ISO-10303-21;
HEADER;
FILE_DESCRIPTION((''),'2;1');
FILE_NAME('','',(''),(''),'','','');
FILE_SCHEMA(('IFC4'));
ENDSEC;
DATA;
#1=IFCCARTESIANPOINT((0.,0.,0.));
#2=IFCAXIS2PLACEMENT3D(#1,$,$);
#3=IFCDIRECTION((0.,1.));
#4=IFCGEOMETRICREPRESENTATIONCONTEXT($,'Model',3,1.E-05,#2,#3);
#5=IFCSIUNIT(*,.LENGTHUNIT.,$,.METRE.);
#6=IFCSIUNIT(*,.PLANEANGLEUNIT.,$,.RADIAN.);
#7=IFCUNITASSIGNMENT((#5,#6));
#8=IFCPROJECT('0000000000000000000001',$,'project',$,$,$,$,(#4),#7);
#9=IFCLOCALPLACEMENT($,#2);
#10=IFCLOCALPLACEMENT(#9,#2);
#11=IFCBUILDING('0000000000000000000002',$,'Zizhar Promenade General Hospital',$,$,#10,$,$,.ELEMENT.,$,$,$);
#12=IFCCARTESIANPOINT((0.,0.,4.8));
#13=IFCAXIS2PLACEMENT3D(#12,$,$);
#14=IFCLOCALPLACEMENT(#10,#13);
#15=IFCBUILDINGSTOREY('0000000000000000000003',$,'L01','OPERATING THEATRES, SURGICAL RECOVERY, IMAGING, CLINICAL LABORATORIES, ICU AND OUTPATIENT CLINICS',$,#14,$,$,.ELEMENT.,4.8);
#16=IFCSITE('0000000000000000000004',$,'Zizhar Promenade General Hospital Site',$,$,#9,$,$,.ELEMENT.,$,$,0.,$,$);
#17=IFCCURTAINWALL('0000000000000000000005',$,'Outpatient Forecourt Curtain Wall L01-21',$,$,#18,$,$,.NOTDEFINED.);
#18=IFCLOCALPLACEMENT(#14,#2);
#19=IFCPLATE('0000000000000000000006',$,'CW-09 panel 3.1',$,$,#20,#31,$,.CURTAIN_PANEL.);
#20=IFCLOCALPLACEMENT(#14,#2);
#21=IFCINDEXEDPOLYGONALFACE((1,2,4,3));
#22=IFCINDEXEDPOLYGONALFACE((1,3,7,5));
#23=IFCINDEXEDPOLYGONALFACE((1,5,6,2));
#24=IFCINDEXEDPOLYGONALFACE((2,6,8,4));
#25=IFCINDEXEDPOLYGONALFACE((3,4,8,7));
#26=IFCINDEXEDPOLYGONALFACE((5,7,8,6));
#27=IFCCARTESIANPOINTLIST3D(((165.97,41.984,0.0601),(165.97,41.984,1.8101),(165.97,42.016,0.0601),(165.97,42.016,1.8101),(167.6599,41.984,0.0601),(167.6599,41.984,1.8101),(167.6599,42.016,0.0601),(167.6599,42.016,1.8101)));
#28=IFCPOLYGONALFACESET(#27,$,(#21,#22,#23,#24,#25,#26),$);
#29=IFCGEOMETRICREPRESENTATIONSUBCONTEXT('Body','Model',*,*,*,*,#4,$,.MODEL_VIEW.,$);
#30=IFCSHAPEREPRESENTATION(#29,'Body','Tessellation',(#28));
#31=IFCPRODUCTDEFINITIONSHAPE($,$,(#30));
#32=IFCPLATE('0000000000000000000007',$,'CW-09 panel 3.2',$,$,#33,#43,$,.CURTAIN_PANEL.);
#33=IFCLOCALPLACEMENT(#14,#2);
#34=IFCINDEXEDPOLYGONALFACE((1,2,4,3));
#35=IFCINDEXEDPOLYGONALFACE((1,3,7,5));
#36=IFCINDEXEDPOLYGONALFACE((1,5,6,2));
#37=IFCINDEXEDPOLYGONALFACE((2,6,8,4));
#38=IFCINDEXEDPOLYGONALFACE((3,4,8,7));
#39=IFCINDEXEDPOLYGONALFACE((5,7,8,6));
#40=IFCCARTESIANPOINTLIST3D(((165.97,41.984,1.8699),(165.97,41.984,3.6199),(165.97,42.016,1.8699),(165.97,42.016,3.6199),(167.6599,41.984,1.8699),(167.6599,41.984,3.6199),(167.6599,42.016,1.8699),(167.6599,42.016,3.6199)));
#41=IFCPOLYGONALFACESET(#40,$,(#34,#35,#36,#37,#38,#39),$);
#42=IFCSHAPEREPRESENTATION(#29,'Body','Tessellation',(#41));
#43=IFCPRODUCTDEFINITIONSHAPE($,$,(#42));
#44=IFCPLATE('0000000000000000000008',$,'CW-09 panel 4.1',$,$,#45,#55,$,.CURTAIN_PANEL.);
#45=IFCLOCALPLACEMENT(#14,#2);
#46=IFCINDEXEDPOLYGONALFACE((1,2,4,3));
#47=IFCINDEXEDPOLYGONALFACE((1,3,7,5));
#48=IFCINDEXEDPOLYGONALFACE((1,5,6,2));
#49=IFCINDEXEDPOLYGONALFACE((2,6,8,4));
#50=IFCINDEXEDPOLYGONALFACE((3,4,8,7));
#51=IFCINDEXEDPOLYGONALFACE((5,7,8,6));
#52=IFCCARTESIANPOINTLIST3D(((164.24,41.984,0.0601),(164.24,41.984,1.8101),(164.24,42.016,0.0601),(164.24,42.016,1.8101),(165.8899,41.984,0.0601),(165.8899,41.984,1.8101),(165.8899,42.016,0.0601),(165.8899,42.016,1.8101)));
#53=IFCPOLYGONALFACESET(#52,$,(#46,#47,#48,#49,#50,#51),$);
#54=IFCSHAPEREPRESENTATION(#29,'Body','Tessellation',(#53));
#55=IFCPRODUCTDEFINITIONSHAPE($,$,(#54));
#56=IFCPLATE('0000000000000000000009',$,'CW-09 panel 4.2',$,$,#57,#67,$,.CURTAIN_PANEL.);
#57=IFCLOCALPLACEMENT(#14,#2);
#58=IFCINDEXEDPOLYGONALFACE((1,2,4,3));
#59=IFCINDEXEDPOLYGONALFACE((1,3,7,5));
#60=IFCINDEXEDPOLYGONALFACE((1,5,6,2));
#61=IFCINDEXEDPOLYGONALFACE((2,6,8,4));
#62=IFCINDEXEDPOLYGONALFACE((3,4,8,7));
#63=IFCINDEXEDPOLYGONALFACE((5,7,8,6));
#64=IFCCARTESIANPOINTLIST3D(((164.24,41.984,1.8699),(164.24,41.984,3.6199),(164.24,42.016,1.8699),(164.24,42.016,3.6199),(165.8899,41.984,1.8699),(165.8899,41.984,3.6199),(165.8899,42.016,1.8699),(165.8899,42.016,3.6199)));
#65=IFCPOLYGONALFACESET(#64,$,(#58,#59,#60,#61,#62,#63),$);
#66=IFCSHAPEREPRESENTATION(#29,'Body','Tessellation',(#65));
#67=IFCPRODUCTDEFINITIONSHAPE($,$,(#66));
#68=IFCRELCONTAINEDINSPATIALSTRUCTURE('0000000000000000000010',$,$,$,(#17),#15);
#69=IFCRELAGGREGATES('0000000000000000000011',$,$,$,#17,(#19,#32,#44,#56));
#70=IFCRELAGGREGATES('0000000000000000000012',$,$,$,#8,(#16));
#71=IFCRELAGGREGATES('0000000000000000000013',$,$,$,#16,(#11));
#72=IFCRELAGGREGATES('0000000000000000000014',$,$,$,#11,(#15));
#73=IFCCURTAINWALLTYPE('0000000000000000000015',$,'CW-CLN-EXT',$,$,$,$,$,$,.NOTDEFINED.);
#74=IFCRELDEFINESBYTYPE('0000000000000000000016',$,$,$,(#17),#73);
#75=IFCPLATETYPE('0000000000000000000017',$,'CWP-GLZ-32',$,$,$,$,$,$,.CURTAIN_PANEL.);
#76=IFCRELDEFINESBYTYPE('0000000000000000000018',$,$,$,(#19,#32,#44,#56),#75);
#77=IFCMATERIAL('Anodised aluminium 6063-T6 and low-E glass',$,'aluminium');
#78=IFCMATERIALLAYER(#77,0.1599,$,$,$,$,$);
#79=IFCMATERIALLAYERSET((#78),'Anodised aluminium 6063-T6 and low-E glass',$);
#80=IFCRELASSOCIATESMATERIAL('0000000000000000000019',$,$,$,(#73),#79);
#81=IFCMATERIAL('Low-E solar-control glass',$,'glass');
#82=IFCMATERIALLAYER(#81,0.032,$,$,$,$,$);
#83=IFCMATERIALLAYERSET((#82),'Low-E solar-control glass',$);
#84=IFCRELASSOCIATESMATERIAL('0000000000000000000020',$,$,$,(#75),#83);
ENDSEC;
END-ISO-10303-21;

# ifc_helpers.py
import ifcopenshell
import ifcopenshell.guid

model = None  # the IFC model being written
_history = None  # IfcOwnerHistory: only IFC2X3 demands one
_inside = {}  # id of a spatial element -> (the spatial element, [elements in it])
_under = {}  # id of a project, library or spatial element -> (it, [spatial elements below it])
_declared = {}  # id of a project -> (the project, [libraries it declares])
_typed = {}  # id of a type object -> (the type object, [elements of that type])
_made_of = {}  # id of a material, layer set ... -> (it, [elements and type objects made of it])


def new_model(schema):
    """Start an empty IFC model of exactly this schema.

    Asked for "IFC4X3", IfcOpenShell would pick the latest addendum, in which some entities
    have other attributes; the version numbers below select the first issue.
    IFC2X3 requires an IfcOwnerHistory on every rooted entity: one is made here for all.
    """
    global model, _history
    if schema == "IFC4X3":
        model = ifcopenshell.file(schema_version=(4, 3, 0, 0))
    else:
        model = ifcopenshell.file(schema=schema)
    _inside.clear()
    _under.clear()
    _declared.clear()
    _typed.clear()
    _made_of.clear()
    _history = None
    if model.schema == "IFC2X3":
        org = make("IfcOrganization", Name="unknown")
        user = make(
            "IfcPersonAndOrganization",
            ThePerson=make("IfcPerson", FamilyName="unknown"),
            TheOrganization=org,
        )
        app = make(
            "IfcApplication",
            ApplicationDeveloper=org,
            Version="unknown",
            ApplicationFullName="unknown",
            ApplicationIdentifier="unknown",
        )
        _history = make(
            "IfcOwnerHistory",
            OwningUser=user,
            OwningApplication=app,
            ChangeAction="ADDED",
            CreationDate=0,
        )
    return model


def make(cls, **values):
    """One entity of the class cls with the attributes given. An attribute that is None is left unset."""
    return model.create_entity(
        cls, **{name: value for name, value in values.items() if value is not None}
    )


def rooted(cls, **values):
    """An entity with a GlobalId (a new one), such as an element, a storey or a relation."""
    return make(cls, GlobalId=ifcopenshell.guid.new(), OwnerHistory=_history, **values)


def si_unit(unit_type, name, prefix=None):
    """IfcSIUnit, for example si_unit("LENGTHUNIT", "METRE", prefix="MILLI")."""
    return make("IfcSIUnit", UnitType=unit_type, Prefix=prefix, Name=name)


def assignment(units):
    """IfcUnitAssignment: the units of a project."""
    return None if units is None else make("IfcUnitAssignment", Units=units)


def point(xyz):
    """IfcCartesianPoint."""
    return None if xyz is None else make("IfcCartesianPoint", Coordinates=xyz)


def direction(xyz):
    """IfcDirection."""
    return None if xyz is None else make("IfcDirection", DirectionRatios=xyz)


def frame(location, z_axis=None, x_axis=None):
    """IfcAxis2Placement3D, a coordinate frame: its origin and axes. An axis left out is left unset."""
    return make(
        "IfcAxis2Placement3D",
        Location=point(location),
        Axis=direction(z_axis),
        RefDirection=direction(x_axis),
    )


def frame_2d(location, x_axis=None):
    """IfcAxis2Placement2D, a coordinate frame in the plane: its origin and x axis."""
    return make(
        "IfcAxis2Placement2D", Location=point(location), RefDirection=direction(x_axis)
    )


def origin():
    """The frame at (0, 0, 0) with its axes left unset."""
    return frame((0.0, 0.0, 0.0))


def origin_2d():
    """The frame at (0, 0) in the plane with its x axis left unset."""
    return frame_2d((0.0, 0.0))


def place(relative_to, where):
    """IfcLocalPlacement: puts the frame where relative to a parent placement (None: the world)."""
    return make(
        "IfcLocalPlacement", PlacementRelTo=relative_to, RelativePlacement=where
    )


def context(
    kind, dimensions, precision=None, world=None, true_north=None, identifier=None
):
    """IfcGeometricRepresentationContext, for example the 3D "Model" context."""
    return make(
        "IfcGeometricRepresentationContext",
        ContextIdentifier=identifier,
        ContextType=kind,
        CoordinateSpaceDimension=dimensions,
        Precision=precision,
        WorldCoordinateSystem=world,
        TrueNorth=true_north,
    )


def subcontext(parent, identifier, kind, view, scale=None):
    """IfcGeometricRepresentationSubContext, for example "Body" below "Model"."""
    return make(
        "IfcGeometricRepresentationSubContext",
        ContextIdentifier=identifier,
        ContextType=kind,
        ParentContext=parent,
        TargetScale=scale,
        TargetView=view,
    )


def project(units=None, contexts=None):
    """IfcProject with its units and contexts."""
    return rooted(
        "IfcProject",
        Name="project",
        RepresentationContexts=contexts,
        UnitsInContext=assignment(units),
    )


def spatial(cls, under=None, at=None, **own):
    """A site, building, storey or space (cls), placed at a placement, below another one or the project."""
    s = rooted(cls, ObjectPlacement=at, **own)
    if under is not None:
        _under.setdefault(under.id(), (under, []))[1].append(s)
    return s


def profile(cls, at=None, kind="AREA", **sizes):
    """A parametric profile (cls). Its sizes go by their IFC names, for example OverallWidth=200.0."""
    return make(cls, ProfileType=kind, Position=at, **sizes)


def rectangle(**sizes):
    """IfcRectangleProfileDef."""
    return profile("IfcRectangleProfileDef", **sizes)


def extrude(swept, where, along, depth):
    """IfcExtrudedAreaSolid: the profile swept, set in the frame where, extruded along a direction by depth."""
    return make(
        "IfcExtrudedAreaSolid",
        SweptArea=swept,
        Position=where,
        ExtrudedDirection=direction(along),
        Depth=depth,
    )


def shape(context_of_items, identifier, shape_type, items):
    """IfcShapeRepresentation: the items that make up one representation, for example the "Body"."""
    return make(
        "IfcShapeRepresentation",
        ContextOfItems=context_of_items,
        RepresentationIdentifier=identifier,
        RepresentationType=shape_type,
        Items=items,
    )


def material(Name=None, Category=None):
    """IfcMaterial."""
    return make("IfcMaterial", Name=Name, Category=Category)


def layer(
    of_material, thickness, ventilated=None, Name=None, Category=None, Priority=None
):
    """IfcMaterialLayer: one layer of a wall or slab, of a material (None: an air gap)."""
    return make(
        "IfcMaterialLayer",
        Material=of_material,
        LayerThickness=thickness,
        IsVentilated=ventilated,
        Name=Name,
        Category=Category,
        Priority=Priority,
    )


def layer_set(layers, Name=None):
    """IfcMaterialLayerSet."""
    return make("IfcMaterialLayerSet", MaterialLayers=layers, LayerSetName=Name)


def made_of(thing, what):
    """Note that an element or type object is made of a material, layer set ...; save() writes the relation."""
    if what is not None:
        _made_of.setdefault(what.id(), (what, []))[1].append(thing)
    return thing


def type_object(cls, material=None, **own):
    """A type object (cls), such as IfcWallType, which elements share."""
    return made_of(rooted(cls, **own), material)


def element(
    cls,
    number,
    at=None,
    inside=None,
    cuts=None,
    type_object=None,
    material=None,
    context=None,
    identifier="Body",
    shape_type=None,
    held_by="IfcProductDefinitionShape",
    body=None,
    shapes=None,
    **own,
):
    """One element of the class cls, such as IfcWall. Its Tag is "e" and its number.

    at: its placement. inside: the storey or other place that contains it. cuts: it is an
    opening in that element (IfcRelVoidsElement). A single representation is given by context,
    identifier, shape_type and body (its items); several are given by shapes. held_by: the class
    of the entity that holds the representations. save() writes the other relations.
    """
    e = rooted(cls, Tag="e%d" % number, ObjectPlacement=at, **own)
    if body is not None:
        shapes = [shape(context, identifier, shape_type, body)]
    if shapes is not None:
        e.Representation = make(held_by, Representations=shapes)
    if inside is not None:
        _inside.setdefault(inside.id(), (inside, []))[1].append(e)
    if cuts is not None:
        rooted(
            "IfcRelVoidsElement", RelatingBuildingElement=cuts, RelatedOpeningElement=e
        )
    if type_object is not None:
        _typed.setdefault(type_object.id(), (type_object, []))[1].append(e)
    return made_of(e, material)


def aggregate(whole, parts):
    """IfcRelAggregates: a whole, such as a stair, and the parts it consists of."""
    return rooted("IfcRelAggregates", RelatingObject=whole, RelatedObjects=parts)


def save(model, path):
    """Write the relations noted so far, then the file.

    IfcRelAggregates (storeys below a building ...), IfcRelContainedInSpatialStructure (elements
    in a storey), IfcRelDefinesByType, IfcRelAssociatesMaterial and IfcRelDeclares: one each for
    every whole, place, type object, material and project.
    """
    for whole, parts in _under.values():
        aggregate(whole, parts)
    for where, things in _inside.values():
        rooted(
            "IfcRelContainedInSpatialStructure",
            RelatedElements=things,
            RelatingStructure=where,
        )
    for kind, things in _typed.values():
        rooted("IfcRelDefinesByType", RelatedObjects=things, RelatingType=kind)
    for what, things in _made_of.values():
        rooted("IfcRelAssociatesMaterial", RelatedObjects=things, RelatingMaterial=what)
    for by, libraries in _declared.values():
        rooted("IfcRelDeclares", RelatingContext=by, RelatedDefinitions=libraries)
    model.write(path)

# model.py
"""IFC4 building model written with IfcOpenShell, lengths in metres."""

from ifc_helpers import new_model, si_unit, direction, frame, origin, origin_2d, place, context, subcontext, project, spatial, rectangle, extrude, material, layer, layer_set, type_object, element, aggregate, save


model = new_model("IFC4")

# Units and contexts
model_context = context("Model", 3, precision=1e-05, world=origin(), true_north=direction((0.0, 1.0)))
body_context = subcontext(model_context, "Body", "Model", "MODEL_VIEW")
ifc_project = project(units=[si_unit("LENGTHUNIT", "METRE"), si_unit("PLANEANGLEUNIT", "RADIAN")], contexts=[model_context])

# Site, building, storey
site_placement = place(None, origin())
site = spatial("IfcSite", under=ifc_project, at=site_placement, Name="Zizhar Promenade General Hospital Site", CompositionType="ELEMENT", RefElevation=0.0)
building_placement = place(site_placement, origin())
building = spatial("IfcBuilding", under=site, at=building_placement, Name="Zizhar Promenade General Hospital", CompositionType="ELEMENT")
storey_placement = place(building_placement, frame((0.0, 0.0, 4.8)))
storey = spatial("IfcBuildingStorey", under=building, at=storey_placement, Name="L01", Description="OPERATING THEATRES, SURGICAL RECOVERY, IMAGING, CLINICAL LABORATORIES, ICU AND OUTPATIENT CLINICS", CompositionType="ELEMENT", Elevation=4.8)

# Curtain wall, plates
ifc_material_1 = material(Name="Anodised aluminium 6063-T6 and low-E glass", Category="aluminium")
ifc_layer_1 = layer(ifc_material_1, 0.1599)
ifc_layer_set_1 = layer_set([ifc_layer_1], Name="Anodised aluminium 6063-T6 and low-E glass")
curtain_wall_type = type_object("IfcCurtainWallType", Name="CW-CLN-EXT", PredefinedType="NOTDEFINED", material=ifc_layer_set_1)
curtain_wall_placement = place(storey_placement, origin())
curtain_wall = element("IfcCurtainWall", 1, at=curtain_wall_placement, inside=storey, type_object=curtain_wall_type, Name="Outpatient Forecourt Curtain Wall L01-21", PredefinedType="NOTDEFINED")
ifc_material_2 = material(Name="Low-E solar-control glass", Category="glass")
ifc_layer_2 = layer(ifc_material_2, 0.032)
ifc_layer_set_2 = layer_set([ifc_layer_2], Name="Low-E solar-control glass")
plate_type = type_object("IfcPlateType", Name="CWP-GLZ-32", PredefinedType="CURTAIN_PANEL", material=ifc_layer_set_2)
plate_1_placement = place(storey_placement, frame((166.8149, 42.0, 0.0601), z_axis=(0.0, 0.0, 1.0), x_axis=(-1.0, 0.0, 0.0)))
plate_1 = element("IfcPlate", 2, at=plate_1_placement, type_object=plate_type, Name="CW-09 panel 3.1", PredefinedType="CURTAIN_PANEL", context=body_context, shape_type="SweptSolid", body=[
    extrude(rectangle(XDim=1.6899, YDim=0.032, at=origin_2d()), origin(), (0.0, 0.0, 1.0), 1.75),
])
plate_2_placement = place(storey_placement, frame((166.8149, 42.0, 1.8699), z_axis=(0.0, 0.0, 1.0), x_axis=(-1.0, 0.0, 0.0)))
plate_2 = element("IfcPlate", 3, at=plate_2_placement, type_object=plate_type, Name="CW-09 panel 3.2", PredefinedType="CURTAIN_PANEL", context=body_context, shape_type="SweptSolid", body=[
    extrude(rectangle(XDim=1.6899, YDim=0.032, at=origin_2d()), origin(), (0.0, 0.0, 1.0), 1.75),
])
plate_3_placement = place(storey_placement, frame((165.0649, 42.0, 0.0601), z_axis=(0.0, 0.0, 1.0), x_axis=(-1.0, 0.0, 0.0)))
plate_3 = element("IfcPlate", 4, at=plate_3_placement, type_object=plate_type, Name="CW-09 panel 4.1", PredefinedType="CURTAIN_PANEL", context=body_context, shape_type="SweptSolid", body=[
    extrude(rectangle(XDim=1.6499, YDim=0.032, at=origin_2d()), origin(), (0.0, 0.0, 1.0), 1.75),
])
plate_4_placement = place(storey_placement, frame((165.0649, 42.0, 1.8699), z_axis=(0.0, 0.0, 1.0), x_axis=(-1.0, 0.0, 0.0)))
plate_4 = element("IfcPlate", 5, at=plate_4_placement, type_object=plate_type, Name="CW-09 panel 4.2", PredefinedType="CURTAIN_PANEL", context=body_context, shape_type="SweptSolid", body=[
    extrude(rectangle(XDim=1.6499, YDim=0.032, at=origin_2d()), origin(), (0.0, 0.0, 1.0), 1.75),
])
aggregate(curtain_wall, [plate_1, plate_2, plate_3, plate_4])

save(model, "model.ifc")
